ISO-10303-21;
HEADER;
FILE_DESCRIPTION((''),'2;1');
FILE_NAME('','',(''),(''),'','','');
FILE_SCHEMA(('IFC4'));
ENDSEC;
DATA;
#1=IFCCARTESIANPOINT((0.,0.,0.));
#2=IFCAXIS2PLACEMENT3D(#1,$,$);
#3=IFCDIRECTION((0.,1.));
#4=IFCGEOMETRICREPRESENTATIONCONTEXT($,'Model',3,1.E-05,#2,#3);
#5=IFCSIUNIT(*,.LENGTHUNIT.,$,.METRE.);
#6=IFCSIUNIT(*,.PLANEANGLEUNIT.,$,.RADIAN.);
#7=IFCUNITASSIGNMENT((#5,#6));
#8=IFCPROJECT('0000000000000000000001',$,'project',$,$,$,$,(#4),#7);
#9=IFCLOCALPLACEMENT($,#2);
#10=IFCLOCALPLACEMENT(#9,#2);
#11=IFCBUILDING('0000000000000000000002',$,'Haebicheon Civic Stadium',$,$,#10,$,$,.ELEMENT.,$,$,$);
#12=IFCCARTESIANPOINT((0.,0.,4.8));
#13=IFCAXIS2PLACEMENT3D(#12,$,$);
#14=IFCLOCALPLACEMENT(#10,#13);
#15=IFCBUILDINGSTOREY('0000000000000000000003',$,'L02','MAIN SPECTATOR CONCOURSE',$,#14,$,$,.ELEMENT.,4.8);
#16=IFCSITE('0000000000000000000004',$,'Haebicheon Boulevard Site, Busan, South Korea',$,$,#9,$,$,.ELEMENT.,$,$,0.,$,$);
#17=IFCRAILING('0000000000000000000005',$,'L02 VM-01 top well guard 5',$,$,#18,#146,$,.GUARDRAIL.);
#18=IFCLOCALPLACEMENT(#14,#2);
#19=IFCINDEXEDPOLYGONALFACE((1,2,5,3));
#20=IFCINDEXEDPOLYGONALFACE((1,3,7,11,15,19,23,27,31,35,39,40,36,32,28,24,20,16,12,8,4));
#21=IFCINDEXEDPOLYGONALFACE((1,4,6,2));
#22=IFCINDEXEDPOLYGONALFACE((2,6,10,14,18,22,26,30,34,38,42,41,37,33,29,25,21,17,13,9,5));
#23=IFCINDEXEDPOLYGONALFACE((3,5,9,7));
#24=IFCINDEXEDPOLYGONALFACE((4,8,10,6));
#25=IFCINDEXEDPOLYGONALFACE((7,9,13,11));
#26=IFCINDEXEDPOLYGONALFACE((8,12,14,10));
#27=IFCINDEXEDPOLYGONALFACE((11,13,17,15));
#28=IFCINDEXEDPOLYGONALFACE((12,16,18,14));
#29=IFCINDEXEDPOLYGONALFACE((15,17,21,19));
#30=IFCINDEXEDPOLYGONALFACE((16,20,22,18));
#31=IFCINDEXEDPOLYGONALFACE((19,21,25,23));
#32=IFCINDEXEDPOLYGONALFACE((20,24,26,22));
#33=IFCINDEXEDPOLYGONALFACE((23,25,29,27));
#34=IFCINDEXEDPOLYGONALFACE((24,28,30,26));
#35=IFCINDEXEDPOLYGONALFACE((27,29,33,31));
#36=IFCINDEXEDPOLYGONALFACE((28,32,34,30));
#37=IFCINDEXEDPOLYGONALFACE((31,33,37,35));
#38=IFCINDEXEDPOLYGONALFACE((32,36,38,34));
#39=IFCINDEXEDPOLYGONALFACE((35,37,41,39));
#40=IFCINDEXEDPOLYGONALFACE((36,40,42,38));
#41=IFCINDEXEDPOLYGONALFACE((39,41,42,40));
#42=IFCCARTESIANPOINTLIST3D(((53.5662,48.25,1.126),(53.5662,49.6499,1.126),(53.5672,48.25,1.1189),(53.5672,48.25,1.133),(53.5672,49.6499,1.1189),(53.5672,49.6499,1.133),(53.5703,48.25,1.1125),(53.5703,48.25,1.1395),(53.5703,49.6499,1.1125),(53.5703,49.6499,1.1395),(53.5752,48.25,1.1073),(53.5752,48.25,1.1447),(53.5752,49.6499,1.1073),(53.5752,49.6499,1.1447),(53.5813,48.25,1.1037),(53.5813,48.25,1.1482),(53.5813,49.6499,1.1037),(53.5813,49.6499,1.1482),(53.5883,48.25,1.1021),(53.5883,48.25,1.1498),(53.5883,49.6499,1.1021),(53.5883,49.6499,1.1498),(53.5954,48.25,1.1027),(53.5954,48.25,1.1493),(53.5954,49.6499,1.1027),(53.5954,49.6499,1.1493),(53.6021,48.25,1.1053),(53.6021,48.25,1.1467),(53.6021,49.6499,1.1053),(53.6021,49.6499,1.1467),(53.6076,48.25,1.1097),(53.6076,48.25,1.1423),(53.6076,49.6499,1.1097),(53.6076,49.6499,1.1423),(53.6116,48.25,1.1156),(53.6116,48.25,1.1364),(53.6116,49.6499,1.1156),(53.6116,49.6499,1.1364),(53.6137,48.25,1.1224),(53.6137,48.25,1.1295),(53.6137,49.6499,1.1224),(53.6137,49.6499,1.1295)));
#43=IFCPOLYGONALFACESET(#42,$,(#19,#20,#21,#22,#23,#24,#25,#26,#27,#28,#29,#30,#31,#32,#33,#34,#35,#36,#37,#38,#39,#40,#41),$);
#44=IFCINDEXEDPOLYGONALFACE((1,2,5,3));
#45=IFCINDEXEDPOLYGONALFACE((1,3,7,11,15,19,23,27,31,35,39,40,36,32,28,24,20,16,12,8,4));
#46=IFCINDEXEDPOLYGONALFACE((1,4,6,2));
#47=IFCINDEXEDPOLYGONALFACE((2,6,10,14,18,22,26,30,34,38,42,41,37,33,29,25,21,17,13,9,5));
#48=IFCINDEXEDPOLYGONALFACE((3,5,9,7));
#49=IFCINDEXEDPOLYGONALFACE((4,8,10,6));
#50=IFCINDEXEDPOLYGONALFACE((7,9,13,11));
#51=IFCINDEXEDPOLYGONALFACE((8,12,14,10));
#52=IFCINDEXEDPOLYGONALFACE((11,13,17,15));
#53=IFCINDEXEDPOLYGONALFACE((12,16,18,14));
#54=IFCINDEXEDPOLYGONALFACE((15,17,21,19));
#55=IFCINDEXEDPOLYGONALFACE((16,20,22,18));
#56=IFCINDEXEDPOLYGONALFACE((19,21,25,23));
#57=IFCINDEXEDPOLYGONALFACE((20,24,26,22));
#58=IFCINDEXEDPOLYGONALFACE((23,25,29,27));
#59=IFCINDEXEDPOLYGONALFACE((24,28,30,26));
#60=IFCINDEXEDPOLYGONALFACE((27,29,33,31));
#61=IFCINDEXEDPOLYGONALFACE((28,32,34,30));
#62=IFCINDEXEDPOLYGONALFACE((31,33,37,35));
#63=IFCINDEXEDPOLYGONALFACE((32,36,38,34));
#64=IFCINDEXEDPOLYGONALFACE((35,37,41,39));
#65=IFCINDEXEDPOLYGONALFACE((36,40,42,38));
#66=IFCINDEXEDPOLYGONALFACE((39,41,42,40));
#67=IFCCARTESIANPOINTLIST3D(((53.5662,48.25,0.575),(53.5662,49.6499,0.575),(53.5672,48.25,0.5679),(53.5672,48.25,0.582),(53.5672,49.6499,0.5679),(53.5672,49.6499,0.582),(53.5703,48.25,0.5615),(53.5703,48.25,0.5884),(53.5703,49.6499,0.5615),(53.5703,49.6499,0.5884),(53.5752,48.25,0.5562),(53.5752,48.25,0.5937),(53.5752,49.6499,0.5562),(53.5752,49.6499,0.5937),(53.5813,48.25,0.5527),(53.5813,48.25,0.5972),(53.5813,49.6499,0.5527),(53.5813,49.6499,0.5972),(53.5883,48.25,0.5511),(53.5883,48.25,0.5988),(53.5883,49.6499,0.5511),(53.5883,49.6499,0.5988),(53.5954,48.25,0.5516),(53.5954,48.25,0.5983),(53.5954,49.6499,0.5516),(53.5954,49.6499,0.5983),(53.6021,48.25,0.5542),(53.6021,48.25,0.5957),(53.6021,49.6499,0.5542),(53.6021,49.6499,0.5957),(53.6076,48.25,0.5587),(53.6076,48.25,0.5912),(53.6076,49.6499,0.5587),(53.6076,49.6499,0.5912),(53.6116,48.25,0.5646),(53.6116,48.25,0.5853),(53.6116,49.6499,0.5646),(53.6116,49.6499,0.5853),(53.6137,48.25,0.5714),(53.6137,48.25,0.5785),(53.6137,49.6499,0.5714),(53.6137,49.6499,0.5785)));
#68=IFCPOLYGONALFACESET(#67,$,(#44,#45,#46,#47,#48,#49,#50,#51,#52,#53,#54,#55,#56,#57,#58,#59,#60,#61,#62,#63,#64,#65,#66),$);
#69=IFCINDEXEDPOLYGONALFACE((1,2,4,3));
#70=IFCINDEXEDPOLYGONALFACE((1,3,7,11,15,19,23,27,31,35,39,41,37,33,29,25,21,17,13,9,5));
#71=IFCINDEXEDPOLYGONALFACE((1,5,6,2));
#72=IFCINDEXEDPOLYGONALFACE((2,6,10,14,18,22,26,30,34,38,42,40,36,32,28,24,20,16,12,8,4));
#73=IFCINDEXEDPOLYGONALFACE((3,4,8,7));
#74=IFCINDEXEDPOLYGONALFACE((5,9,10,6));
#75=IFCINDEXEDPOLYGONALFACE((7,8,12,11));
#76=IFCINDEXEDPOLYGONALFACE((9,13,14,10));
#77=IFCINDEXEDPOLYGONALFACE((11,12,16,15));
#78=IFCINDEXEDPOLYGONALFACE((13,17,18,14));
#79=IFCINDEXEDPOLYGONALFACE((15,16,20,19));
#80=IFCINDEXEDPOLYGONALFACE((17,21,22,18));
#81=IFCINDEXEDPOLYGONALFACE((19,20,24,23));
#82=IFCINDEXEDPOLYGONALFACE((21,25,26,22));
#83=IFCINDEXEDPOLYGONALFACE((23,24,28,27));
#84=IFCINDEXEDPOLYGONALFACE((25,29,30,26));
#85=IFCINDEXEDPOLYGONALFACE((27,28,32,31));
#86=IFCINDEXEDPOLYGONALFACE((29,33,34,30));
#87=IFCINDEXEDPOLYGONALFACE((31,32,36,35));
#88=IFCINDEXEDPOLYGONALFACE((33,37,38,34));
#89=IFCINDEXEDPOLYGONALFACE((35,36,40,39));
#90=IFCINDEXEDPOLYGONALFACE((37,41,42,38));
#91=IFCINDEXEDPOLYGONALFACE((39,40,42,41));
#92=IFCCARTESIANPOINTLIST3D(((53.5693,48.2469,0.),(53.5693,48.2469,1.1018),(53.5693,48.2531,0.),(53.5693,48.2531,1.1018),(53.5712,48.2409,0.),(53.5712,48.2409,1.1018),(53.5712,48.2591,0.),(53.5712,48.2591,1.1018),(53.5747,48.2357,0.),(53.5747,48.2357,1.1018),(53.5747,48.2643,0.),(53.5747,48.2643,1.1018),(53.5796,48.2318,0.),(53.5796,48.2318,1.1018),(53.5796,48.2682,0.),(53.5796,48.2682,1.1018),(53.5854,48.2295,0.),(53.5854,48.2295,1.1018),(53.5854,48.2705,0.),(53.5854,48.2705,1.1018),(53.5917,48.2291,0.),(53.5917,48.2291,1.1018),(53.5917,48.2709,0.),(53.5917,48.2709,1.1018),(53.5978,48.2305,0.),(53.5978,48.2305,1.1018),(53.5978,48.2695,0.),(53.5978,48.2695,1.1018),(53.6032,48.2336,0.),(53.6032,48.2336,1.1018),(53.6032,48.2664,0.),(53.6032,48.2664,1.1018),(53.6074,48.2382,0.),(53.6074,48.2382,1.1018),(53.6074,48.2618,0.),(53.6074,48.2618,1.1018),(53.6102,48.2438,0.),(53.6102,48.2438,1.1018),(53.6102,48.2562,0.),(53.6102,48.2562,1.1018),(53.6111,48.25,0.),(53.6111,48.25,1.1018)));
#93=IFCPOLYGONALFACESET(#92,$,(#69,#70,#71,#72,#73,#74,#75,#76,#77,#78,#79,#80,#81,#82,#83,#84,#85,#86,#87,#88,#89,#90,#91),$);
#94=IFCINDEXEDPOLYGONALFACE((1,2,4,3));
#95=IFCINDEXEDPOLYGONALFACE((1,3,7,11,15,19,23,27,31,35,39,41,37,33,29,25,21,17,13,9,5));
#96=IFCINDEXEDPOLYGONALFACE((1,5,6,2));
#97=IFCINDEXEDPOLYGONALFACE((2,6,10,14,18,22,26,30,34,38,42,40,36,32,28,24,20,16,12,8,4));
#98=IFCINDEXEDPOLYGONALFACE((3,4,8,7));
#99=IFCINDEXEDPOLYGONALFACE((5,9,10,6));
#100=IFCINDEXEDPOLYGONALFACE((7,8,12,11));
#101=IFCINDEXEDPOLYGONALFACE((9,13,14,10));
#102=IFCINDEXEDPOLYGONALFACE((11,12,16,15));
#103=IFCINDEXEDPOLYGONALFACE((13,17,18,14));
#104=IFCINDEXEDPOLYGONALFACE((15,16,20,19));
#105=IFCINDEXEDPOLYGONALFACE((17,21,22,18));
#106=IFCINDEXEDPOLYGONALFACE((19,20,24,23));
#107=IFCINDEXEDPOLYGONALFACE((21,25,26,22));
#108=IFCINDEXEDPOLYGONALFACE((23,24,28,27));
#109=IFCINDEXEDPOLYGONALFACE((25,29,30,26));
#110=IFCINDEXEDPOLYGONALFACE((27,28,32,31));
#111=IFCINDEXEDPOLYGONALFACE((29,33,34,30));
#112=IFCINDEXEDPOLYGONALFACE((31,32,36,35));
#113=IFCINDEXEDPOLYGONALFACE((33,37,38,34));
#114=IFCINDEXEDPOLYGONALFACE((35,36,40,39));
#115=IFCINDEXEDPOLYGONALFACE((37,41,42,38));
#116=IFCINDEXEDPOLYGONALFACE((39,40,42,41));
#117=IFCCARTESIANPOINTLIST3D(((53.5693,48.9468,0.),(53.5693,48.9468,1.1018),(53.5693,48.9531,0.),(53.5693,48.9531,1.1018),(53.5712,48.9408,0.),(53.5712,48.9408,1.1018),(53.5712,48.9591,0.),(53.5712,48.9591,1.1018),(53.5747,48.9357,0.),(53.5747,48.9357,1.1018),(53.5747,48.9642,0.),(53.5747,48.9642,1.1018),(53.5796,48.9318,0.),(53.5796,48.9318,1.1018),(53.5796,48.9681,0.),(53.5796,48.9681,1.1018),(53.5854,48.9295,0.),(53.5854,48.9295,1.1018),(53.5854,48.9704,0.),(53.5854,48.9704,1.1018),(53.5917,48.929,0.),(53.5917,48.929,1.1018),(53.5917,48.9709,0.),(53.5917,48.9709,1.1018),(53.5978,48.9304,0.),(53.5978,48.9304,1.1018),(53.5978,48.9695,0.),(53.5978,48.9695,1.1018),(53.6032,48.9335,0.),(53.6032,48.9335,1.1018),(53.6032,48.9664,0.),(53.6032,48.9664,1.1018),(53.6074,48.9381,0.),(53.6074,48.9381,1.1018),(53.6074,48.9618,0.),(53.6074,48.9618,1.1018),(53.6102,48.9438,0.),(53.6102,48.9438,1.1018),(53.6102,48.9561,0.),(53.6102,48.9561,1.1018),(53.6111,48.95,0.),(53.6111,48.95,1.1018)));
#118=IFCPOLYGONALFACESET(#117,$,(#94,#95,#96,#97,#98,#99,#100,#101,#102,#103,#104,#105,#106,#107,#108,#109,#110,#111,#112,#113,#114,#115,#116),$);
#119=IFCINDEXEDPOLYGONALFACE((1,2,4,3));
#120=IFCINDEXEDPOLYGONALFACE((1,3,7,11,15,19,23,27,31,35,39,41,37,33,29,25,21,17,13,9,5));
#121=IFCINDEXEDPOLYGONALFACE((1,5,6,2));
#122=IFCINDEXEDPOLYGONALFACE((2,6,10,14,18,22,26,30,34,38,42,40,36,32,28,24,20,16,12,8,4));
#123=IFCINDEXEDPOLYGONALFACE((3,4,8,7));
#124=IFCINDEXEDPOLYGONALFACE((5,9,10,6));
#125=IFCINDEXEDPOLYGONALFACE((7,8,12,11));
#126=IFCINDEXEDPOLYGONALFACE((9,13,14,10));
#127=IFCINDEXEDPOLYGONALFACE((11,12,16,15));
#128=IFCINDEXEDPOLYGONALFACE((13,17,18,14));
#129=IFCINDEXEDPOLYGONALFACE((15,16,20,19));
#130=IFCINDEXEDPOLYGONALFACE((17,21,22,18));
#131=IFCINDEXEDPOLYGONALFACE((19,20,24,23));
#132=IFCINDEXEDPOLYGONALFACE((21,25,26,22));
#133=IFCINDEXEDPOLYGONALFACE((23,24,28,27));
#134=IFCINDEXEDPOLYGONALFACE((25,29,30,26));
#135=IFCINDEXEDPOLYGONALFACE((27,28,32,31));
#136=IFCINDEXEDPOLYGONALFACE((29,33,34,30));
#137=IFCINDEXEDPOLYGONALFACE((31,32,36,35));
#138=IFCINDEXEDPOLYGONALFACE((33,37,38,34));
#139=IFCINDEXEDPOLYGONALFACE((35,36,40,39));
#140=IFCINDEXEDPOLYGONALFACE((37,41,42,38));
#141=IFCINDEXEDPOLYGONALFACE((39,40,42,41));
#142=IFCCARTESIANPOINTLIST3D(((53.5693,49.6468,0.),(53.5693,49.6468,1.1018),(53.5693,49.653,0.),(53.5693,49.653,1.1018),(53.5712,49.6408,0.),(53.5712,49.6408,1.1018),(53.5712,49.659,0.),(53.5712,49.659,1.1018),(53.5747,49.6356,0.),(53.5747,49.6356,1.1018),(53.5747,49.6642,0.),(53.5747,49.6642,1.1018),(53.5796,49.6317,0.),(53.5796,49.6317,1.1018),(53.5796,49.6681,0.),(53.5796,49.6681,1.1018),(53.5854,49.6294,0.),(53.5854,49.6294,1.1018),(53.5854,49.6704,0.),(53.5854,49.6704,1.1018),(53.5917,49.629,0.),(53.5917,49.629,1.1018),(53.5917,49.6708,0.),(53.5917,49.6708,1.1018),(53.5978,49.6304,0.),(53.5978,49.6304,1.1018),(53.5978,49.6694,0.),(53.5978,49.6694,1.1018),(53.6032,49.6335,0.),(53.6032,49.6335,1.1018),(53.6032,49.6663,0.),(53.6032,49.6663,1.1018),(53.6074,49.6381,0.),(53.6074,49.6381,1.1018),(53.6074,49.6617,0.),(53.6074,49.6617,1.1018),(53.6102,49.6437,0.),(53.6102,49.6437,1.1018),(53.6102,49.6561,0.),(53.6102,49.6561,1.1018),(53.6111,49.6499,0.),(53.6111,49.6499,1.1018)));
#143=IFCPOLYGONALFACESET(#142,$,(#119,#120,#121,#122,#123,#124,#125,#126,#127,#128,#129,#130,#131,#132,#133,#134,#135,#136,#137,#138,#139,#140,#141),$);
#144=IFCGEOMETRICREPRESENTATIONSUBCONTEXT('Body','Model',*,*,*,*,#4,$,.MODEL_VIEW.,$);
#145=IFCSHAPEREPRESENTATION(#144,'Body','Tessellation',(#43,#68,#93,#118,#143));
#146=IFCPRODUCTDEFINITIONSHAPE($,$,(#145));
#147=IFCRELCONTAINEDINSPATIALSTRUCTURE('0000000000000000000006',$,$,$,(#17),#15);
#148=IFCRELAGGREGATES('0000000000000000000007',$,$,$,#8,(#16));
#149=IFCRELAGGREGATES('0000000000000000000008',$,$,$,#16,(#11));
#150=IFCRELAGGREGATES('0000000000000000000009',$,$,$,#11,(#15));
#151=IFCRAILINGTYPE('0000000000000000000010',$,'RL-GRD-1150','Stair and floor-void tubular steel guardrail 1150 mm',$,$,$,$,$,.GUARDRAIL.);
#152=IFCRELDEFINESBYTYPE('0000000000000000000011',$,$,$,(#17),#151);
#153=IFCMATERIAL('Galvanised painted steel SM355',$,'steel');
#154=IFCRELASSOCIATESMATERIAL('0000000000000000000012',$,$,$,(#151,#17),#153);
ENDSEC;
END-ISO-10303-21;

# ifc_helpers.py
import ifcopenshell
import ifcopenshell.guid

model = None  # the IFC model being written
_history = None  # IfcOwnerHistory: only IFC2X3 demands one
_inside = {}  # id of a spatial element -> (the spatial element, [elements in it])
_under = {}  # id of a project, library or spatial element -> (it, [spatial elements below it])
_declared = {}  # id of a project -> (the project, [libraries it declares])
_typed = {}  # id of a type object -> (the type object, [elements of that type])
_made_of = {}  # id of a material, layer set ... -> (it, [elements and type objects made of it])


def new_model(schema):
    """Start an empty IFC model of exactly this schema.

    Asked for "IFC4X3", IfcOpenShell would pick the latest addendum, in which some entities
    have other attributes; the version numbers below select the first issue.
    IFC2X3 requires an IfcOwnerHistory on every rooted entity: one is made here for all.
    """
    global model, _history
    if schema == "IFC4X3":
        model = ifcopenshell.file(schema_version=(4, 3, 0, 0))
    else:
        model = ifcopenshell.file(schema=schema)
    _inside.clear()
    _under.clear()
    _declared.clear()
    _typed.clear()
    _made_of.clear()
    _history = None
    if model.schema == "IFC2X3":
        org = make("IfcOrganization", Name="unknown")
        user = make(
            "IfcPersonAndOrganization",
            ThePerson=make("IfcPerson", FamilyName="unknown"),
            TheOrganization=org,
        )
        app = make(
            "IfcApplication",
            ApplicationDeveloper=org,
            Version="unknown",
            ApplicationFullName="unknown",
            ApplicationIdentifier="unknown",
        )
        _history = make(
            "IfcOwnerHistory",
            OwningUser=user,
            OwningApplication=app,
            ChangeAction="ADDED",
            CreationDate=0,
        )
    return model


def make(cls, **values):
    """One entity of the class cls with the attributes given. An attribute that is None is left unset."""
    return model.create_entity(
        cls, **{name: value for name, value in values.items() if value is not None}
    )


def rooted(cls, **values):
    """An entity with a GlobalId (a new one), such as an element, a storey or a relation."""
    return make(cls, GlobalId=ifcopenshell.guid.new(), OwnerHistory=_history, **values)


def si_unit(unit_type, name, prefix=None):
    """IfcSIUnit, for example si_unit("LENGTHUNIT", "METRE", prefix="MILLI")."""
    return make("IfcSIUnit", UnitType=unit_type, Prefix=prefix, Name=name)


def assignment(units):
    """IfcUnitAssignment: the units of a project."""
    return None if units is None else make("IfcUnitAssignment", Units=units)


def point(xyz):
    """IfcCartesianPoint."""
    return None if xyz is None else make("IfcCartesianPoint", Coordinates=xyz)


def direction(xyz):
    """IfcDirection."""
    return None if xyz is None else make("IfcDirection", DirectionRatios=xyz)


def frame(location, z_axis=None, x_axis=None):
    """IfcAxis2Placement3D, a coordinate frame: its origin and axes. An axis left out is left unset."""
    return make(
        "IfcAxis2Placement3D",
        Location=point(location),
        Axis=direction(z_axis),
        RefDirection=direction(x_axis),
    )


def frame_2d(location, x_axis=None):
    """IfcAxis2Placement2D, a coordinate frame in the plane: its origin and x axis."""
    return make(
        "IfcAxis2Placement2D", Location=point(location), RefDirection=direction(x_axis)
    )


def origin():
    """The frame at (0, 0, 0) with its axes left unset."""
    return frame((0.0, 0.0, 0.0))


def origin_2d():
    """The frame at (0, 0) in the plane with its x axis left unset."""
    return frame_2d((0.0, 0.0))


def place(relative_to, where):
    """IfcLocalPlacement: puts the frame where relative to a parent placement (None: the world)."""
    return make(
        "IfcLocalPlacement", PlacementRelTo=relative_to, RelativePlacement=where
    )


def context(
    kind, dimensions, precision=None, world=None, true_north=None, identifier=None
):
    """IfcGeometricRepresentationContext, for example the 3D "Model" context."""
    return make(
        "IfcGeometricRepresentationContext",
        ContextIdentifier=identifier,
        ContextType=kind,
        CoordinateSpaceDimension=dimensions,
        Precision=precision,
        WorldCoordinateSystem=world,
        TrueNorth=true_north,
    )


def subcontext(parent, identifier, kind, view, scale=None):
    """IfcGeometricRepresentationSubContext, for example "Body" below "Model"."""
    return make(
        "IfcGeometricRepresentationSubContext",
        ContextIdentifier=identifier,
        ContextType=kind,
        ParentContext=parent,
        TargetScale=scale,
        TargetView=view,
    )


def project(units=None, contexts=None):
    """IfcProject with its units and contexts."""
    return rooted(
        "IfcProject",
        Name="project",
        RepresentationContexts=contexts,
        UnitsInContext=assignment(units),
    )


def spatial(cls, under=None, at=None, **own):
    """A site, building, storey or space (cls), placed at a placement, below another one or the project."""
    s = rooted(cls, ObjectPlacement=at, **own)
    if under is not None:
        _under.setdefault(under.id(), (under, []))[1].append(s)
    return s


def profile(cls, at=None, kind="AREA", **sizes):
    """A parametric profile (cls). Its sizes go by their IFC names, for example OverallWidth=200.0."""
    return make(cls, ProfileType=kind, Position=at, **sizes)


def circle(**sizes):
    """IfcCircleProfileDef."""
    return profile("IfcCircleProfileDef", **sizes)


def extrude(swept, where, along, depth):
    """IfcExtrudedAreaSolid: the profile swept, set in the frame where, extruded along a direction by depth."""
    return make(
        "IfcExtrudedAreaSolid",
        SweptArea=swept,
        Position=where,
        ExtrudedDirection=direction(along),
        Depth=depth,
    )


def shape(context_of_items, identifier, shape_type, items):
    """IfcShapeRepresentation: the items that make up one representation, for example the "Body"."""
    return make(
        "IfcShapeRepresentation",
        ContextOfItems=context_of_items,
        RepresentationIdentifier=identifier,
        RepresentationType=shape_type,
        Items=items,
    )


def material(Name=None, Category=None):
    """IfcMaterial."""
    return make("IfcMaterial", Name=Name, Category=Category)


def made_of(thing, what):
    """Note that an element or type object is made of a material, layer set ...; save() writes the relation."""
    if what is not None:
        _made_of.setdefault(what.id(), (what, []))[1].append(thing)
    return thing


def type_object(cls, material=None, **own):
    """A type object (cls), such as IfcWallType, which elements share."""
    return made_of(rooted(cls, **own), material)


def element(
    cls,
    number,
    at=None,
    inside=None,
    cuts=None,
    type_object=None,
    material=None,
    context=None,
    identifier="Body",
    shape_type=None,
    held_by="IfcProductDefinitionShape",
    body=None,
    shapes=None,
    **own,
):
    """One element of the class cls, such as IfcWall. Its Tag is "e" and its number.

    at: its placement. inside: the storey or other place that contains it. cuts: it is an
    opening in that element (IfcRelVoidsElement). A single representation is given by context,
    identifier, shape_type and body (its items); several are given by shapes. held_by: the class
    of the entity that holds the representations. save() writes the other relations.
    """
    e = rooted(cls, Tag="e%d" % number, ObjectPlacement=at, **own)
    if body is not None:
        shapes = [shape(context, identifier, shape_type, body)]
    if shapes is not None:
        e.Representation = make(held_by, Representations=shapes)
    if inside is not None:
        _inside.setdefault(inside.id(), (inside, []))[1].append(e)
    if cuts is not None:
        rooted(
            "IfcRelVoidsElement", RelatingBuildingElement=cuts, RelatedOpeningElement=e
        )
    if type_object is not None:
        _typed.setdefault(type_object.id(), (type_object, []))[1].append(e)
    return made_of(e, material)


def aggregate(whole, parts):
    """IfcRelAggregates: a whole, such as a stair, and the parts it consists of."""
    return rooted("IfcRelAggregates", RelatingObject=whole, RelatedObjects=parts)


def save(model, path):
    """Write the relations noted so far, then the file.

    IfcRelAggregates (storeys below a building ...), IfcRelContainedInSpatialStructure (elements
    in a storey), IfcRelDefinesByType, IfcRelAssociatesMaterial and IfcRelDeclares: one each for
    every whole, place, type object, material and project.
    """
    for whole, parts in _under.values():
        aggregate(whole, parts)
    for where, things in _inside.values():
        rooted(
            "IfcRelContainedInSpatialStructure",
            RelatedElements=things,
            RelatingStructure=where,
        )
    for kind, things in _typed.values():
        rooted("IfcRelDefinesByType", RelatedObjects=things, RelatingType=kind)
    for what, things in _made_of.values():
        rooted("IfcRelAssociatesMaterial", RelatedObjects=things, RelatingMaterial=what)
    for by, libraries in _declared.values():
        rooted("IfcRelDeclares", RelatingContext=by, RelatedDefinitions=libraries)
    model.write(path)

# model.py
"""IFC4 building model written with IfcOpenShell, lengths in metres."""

from ifc_helpers import new_model, si_unit, direction, frame, origin, origin_2d, place, context, subcontext, project, spatial, circle, extrude, material, type_object, element, save


model = new_model("IFC4")

# Units and contexts
model_context = context("Model", 3, precision=1e-05, world=origin(), true_north=direction((0.0, 1.0)))
body_context = subcontext(model_context, "Body", "Model", "MODEL_VIEW")
ifc_project = project(units=[si_unit("LENGTHUNIT", "METRE"), si_unit("PLANEANGLEUNIT", "RADIAN")], contexts=[model_context])

# Site, building, storey
site_placement = place(None, origin())
site = spatial("IfcSite", under=ifc_project, at=site_placement, Name="Haebicheon Boulevard Site, Busan, South Korea", CompositionType="ELEMENT", RefElevation=0.0)
building_placement = place(site_placement, origin())
building = spatial("IfcBuilding", under=site, at=building_placement, Name="Haebicheon Civic Stadium", CompositionType="ELEMENT")
storey_placement = place(building_placement, frame((0.0, 0.0, 4.8)))
storey = spatial("IfcBuildingStorey", under=building, at=storey_placement, Name="L02", Description="MAIN SPECTATOR CONCOURSE", CompositionType="ELEMENT", Elevation=4.8)

# Railing
ifc_material_1 = material(Name="Galvanised painted steel SM355", Category="steel")
railing_type_1 = type_object("IfcRailingType", Name="RL-GRD-1150", Description="Stair and floor-void tubular steel guardrail 1150 mm", PredefinedType="GUARDRAIL", material=ifc_material_1)
for number, where, name in (
    (1, (53.5901, 48.25, 0.0), "L02 VM-01 top well guard 5"),
):
    element("IfcRailing", number, at=place(storey_placement, frame(where)), inside=storey, type_object=railing_type_1, material=ifc_material_1, Name=name, PredefinedType="GUARDRAIL", context=body_context, shape_type="SweptSolid", body=[
        extrude(circle(Radius=0.0239, at=origin_2d()), frame((0.0, 0.0, 1.126), z_axis=(0.0, 1.0, 0.0), x_axis=(-1.0, 0.0, 0.0)), (0.0, 0.0, 1.0), 1.3999),
        extrude(circle(Radius=0.0239, at=origin_2d()), frame((0.0, 0.0, 0.575), z_axis=(0.0, 1.0, 0.0), x_axis=(-1.0, 0.0, 0.0)), (0.0, 0.0, 1.0), 1.3999),
        extrude(circle(Radius=0.021, at=origin_2d()), origin(), (0.0, 0.0, 1.0), 1.1018),
        extrude(circle(Radius=0.021, at=origin_2d()), frame((0.0, 0.7, 0.0)), (0.0, 0.0, 1.0), 1.1018),
        extrude(circle(Radius=0.021, at=origin_2d()), frame((0.0, 1.3999, 0.0)), (0.0, 0.0, 1.0), 1.1018),
    ])

save(model, "model.ifc")
